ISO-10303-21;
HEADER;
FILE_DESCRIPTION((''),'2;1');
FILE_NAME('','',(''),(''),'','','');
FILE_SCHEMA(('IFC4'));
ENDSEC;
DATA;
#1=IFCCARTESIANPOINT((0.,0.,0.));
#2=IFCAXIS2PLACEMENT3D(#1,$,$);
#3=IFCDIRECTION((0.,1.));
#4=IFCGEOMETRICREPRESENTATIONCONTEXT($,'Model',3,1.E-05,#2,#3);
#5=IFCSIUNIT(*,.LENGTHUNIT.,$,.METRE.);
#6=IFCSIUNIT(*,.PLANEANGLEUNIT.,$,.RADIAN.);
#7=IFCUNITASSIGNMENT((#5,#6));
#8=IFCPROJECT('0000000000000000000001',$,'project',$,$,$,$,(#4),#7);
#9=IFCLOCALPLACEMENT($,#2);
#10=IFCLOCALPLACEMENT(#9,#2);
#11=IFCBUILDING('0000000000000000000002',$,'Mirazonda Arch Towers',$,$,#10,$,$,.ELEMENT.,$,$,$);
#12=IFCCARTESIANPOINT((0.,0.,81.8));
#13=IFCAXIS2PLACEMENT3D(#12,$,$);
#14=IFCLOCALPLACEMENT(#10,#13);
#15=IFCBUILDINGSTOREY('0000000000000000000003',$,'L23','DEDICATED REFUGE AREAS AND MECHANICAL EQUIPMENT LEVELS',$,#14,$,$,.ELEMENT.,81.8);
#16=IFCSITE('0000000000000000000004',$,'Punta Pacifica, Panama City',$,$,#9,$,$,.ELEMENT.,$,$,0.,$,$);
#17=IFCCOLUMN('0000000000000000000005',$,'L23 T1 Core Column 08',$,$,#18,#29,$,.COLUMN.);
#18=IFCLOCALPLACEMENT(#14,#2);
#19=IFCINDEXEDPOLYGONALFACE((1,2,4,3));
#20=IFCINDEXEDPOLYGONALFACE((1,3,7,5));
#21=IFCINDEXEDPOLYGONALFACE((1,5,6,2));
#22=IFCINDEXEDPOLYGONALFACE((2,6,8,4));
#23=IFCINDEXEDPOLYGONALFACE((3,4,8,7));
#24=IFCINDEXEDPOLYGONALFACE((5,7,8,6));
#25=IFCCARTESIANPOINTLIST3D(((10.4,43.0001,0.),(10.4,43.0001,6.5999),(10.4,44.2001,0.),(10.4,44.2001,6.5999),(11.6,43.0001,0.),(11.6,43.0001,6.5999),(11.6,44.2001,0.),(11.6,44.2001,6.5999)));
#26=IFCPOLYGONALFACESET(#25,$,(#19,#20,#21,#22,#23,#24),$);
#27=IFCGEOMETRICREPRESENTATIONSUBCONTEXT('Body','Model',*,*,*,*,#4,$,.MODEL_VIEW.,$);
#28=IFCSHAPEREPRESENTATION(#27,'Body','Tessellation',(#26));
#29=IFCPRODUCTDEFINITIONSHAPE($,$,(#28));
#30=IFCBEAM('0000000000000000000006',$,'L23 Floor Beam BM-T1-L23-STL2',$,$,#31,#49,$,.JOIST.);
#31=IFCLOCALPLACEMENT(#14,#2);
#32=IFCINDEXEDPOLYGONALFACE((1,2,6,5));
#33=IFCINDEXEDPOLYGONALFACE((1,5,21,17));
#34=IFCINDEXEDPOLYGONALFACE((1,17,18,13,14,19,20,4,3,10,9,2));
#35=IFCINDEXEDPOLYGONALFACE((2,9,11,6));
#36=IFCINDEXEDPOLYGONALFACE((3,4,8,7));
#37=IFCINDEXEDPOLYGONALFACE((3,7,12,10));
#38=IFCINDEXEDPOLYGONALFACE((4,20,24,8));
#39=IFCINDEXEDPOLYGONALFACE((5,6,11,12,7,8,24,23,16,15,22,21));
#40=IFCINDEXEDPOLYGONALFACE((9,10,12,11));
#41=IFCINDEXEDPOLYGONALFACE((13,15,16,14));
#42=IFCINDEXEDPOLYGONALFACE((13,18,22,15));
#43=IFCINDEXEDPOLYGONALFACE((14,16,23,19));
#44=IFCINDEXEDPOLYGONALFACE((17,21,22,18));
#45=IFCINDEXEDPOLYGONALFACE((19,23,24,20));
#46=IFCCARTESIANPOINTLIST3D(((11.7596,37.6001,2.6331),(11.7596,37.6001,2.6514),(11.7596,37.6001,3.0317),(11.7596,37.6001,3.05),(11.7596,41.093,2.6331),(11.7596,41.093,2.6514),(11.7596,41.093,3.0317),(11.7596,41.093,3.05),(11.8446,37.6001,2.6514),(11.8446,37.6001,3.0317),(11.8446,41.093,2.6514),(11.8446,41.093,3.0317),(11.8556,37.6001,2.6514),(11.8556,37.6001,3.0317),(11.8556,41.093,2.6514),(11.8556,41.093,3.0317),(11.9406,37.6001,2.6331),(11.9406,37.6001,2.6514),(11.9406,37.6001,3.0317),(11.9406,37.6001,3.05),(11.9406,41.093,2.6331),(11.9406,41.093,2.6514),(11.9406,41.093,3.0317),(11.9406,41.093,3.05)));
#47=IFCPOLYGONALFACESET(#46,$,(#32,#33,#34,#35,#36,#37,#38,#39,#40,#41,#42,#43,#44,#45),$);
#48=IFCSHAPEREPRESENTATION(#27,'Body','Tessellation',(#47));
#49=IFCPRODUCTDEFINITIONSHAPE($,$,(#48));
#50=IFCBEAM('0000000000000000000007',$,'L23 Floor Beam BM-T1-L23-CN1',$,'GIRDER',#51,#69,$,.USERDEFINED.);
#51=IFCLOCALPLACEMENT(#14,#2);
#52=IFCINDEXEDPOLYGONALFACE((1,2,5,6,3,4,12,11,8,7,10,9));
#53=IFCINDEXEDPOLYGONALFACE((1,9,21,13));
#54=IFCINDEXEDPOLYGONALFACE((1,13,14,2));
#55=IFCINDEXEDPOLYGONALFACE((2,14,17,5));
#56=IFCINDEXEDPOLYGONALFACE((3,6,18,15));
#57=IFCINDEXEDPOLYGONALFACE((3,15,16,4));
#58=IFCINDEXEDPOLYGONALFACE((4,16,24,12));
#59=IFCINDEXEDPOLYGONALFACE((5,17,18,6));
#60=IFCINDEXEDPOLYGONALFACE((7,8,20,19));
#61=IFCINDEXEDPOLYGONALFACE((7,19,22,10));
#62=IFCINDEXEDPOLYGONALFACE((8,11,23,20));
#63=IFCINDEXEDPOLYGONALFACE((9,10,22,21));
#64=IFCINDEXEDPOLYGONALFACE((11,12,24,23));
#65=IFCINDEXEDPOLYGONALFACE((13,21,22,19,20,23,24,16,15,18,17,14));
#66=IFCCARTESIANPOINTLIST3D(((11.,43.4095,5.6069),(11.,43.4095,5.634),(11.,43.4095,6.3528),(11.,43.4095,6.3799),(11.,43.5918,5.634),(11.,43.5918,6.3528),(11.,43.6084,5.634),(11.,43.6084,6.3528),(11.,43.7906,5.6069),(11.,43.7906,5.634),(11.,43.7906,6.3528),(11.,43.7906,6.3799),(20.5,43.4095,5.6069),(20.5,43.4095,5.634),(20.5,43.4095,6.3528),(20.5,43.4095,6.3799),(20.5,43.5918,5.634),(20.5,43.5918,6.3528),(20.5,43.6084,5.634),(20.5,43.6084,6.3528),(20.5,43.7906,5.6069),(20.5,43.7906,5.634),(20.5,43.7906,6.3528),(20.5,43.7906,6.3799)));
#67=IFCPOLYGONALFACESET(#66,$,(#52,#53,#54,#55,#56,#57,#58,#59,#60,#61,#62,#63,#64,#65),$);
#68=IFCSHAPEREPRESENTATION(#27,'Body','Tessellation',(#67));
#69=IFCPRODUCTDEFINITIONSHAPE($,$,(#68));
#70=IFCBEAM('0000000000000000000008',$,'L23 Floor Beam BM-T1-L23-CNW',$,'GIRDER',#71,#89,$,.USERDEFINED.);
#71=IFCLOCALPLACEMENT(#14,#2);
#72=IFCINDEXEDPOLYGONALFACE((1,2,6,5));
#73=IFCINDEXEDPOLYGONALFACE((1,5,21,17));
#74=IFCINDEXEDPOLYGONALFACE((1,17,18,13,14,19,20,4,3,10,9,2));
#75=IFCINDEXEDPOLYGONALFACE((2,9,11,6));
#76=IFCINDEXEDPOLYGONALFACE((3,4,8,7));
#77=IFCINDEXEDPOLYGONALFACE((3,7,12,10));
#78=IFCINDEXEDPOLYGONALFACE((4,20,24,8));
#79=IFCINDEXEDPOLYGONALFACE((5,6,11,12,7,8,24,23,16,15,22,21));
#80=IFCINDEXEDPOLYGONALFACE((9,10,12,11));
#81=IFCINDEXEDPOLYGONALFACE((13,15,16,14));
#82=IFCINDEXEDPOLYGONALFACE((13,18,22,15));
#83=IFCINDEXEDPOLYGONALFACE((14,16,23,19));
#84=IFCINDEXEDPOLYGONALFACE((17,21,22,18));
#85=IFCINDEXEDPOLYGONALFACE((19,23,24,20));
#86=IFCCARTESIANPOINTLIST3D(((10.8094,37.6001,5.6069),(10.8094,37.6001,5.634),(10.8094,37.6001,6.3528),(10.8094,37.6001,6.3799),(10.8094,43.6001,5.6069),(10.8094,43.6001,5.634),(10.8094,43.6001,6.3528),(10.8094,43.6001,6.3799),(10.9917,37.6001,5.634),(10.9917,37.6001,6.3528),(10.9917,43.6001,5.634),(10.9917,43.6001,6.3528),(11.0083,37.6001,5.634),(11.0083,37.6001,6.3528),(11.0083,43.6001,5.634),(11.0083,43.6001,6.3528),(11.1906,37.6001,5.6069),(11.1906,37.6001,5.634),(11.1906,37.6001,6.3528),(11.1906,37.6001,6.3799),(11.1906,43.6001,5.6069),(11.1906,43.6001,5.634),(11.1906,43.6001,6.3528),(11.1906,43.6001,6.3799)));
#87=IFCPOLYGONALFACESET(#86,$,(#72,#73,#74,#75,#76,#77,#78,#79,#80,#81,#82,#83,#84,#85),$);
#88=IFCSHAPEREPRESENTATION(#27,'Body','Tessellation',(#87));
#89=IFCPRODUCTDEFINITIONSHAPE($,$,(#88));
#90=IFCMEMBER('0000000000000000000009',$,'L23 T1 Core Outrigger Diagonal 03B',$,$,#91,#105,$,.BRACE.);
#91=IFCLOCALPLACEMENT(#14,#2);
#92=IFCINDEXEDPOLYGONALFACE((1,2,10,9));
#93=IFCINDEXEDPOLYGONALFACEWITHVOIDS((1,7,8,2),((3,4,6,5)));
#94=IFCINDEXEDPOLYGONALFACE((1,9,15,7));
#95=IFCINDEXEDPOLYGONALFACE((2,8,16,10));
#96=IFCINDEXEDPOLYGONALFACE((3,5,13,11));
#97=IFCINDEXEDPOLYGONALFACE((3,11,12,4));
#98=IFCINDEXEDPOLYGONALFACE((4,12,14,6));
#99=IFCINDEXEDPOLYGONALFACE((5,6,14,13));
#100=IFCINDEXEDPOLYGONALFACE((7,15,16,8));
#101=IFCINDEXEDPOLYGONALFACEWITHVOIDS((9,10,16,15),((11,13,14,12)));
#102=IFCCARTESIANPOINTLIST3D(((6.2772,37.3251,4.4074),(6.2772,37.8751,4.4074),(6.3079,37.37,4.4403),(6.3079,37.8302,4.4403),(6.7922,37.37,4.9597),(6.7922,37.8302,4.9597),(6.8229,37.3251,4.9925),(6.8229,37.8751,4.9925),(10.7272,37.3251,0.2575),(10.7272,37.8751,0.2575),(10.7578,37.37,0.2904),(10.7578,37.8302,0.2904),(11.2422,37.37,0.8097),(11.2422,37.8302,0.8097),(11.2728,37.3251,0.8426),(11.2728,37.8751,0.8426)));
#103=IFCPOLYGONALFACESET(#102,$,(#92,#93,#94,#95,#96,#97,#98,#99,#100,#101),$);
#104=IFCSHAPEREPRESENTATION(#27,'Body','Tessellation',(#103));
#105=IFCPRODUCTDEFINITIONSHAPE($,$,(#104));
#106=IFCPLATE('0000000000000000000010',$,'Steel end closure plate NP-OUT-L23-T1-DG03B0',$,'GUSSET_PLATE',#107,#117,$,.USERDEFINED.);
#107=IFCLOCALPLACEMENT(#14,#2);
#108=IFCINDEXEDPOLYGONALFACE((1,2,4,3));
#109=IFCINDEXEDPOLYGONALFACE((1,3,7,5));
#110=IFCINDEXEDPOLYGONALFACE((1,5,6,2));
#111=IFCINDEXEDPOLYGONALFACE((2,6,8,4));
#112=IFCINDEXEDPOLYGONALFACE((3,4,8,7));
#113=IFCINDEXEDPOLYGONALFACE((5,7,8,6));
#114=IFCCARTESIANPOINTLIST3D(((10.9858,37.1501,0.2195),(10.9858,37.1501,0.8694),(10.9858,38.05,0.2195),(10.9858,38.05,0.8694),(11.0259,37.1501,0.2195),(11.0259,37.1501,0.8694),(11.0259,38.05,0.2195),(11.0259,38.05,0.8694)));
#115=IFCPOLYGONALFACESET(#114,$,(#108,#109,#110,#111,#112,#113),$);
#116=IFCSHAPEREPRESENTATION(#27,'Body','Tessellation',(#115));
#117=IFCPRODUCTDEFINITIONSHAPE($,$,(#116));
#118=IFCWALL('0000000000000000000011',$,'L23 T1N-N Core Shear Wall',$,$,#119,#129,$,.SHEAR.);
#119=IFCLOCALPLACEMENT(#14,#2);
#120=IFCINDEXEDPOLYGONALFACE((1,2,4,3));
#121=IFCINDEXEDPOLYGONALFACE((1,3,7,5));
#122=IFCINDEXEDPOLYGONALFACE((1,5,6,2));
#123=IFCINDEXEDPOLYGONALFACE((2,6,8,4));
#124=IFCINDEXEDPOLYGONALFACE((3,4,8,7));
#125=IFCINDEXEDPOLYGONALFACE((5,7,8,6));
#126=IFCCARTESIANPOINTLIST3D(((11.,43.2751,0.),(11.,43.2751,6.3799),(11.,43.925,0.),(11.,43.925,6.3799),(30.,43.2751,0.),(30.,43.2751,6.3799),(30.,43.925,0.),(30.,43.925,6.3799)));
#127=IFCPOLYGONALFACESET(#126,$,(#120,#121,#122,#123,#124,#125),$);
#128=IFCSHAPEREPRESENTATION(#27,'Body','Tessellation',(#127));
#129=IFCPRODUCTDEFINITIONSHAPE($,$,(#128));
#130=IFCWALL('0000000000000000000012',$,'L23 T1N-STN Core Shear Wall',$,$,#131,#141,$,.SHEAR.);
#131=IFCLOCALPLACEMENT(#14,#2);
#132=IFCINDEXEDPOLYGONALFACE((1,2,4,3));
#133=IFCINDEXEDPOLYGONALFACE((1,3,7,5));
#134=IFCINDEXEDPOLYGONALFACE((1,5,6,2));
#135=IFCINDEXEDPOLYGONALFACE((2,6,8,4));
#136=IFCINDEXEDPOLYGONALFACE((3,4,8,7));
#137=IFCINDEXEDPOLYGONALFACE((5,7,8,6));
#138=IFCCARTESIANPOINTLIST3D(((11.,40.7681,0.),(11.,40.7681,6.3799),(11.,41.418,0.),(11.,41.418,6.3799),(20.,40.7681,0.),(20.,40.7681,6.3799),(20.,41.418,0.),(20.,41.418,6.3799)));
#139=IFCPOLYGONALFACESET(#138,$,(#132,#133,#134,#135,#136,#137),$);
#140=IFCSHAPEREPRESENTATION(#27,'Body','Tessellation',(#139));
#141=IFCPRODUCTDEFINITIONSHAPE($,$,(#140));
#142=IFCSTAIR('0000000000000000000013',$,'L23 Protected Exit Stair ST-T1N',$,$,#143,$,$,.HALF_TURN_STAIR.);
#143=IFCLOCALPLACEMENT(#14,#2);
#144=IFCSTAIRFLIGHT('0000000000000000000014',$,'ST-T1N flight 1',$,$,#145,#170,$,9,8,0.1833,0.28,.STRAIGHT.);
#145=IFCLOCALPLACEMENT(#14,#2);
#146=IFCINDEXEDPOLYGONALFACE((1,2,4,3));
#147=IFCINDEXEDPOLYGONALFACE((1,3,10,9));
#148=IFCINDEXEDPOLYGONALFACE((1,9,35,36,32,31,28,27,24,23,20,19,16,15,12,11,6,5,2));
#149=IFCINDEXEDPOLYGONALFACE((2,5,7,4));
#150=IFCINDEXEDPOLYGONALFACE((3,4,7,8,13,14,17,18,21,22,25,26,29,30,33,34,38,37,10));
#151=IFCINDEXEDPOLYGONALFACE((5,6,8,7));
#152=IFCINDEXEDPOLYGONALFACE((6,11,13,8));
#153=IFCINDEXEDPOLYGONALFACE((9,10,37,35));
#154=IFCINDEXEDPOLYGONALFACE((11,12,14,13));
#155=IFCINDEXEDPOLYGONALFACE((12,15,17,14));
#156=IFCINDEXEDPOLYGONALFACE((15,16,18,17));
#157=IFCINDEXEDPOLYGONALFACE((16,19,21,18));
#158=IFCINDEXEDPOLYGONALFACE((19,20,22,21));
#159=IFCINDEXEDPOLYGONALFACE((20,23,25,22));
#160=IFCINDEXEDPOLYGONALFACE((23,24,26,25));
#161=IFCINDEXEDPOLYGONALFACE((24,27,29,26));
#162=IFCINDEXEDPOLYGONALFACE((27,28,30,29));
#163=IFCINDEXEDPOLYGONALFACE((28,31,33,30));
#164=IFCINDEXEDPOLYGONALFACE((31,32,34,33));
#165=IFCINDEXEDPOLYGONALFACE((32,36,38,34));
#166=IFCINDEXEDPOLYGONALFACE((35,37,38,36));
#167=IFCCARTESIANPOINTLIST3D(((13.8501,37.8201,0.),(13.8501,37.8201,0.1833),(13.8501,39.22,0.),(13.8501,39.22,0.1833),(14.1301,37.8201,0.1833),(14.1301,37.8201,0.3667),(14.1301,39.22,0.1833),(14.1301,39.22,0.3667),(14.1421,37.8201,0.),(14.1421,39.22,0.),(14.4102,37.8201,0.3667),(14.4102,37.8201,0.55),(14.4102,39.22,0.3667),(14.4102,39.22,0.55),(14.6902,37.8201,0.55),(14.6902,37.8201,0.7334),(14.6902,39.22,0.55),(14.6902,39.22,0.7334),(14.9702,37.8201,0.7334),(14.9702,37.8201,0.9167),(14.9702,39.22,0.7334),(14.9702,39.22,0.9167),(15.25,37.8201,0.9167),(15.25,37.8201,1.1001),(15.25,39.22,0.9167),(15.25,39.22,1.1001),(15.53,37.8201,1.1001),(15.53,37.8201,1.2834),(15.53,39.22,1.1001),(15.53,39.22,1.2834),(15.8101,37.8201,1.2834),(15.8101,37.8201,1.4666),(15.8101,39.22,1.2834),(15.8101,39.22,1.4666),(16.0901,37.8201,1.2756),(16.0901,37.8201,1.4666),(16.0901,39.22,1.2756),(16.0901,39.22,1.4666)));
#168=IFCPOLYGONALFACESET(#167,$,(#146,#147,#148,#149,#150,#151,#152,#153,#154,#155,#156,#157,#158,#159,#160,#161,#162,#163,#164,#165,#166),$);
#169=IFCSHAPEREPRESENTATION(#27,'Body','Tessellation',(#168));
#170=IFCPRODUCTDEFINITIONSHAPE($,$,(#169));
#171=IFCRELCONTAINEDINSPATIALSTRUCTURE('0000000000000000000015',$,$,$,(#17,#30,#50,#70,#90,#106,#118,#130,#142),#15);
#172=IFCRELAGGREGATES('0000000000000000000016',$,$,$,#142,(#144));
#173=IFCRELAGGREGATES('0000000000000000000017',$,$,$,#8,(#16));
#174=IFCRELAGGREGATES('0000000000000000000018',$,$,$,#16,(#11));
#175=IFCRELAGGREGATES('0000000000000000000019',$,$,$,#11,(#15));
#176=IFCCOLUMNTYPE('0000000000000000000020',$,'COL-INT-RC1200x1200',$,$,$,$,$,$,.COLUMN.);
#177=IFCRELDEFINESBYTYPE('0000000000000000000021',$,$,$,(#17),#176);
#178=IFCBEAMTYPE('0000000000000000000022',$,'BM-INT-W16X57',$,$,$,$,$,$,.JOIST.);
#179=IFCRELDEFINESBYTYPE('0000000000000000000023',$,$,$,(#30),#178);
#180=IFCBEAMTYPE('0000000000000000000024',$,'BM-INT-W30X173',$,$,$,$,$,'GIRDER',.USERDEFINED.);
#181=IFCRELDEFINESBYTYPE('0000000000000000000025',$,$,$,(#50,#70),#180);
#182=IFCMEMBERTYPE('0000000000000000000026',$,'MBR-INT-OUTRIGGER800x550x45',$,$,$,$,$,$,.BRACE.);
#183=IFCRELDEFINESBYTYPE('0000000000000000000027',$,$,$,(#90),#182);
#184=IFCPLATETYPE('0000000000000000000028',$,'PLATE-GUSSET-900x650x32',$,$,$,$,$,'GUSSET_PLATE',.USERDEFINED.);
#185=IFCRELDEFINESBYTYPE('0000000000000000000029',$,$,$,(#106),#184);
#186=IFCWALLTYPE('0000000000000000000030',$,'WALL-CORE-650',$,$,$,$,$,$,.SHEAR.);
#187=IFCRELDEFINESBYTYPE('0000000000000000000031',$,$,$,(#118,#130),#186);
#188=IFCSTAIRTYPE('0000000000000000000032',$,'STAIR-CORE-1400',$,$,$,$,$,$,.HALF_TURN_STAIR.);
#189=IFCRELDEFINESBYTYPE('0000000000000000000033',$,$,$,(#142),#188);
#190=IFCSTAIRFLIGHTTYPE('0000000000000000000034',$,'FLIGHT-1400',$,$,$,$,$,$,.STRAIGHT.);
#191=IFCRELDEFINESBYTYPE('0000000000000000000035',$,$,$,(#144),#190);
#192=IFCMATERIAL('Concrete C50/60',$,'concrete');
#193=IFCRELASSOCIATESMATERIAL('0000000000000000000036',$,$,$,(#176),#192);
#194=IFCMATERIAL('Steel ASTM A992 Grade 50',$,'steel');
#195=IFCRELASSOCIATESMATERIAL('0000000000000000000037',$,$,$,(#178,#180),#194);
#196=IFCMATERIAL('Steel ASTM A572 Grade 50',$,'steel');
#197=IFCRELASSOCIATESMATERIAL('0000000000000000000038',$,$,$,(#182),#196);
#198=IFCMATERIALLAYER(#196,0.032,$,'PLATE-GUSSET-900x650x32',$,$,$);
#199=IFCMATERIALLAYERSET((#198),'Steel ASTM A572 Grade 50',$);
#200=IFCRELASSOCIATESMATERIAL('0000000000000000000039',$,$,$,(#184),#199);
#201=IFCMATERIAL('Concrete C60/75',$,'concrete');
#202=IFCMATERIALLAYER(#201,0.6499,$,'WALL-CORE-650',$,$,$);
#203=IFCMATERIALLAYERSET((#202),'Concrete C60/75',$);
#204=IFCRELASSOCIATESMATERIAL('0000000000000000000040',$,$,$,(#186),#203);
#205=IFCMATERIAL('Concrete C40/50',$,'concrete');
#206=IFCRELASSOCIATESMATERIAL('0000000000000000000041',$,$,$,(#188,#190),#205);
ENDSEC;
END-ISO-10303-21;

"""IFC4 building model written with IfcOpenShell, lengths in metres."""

from ifc_helpers import new_model, si_unit, direction, frame, frame_2d, origin, origin_2d, place, context, subcontext, project, spatial, polyline, rectangle, hollow_rectangle, i_section, outline, extrude, material, layer, layer_set, material_profile, profile_set, type_object, element, aggregate, save


model = new_model("IFC4")

# Units and contexts
model_context = context("Model", 3, precision=1e-05, world=origin(), true_north=direction((0.0, 1.0)))
body_context = subcontext(model_context, "Body", "Model", "MODEL_VIEW")
ifc_project = project(units=[si_unit("LENGTHUNIT", "METRE"), si_unit("PLANEANGLEUNIT", "RADIAN")], contexts=[model_context])

# Site, building, storey
site_placement = place(None, origin())
site = spatial("IfcSite", under=ifc_project, at=site_placement, Name="Punta Pacifica, Panama City", CompositionType="ELEMENT", RefElevation=0.0)
building_placement = place(site_placement, origin())
building = spatial("IfcBuilding", under=site, at=building_placement, Name="Mirazonda Arch Towers", CompositionType="ELEMENT")
storey_placement = place(building_placement, frame((0.0, 0.0, 81.8)))
storey = spatial("IfcBuildingStorey", under=building, at=storey_placement, Name="L23", Description="DEDICATED REFUGE AREAS AND MECHANICAL EQUIPMENT LEVELS", CompositionType="ELEMENT", Elevation=81.8)

# Column
ifc_material_1 = material(Name="Concrete C50/60", Category="concrete")
ifc_material_profile_1 = material_profile(ifc_material_1, rectangle(XDim=1.2, YDim=1.2, at=origin_2d()), Name="RC1200x1200")
ifc_profile_set_1 = profile_set([ifc_material_profile_1], Name="Concrete C50/60")
column_type = type_object("IfcColumnType", Name="COL-INT-RC1200x1200", PredefinedType="COLUMN", material=ifc_profile_set_1)
column_placement = place(storey_placement, frame((11.0, 43.6001, 0.0), z_axis=(0.0, 0.0, 1.0), x_axis=(1.0, 0.0, 0.0)))
element("IfcColumn", 1, at=column_placement, inside=storey, type_object=column_type, Name="L23 T1 Core Column 08", PredefinedType="COLUMN", context=body_context, shape_type="SweptSolid", body=[
    extrude(rectangle(XDim=1.2, YDim=1.2, at=origin_2d()), origin(), (0.0, 0.0, 1.0), 6.5999),
])

# Beams
ifc_material_2 = material(Name="Steel ASTM A992 Grade 50", Category="steel")
ifc_material_profile_2 = material_profile(ifc_material_2, i_section(OverallWidth=0.1809, OverallDepth=0.417, WebThickness=0.011, FlangeThickness=0.0183, at=origin_2d()), Name="W16X57")
ifc_profile_set_2 = profile_set([ifc_material_profile_2], Name="Steel ASTM A992 Grade 50")
beam_type_1 = type_object("IfcBeamType", Name="BM-INT-W16X57", PredefinedType="JOIST", material=ifc_profile_set_2)
beam_1_placement = place(storey_placement, frame((11.8501, 37.6001, 2.8416), z_axis=(0.0, 1.0, 0.0), x_axis=(-1.0, 0.0, 0.0)))
element("IfcBeam", 2, at=beam_1_placement, inside=storey, type_object=beam_type_1, Name="L23 Floor Beam BM-T1-L23-STL2", PredefinedType="JOIST", context=body_context, shape_type="SweptSolid", body=[
    extrude(i_section(OverallWidth=0.1809, OverallDepth=0.417, WebThickness=0.011, FlangeThickness=0.0183, at=origin_2d()), origin(), (0.0, 0.0, 1.0), 3.4929),
])
ifc_material_profile_3 = material_profile(ifc_material_2, i_section(OverallWidth=0.3811, OverallDepth=0.7729, WebThickness=0.0166, FlangeThickness=0.0271, at=origin_2d()), Name="W30X173")
ifc_profile_set_3 = profile_set([ifc_material_profile_3], Name="Steel ASTM A992 Grade 50")
beam_type_2 = type_object("IfcBeamType", Name="BM-INT-W30X173", ElementType="GIRDER", PredefinedType="USERDEFINED", material=ifc_profile_set_3)
beam_2_placement = place(storey_placement, frame((11.0, 43.6001, 5.9934), z_axis=(1.0, 0.0, 0.0), x_axis=(0.0, 1.0, 0.0)))
element("IfcBeam", 3, at=beam_2_placement, inside=storey, type_object=beam_type_2, Name="L23 Floor Beam BM-T1-L23-CN1", ObjectType="GIRDER", PredefinedType="USERDEFINED", context=body_context, shape_type="SweptSolid", body=[
    extrude(i_section(OverallWidth=0.3811, OverallDepth=0.7729, WebThickness=0.0166, FlangeThickness=0.0271, at=origin_2d()), origin(), (0.0, 0.0, 1.0), 9.5),
])
beam_3_placement = place(storey_placement, frame((11.0, 37.6001, 5.9934), z_axis=(0.0, 1.0, 0.0), x_axis=(-1.0, 0.0, 0.0)))
element("IfcBeam", 4, at=beam_3_placement, inside=storey, type_object=beam_type_2, Name="L23 Floor Beam BM-T1-L23-CNW", ObjectType="GIRDER", PredefinedType="USERDEFINED", context=body_context, shape_type="SweptSolid", body=[
    extrude(i_section(OverallWidth=0.3811, OverallDepth=0.7729, WebThickness=0.0166, FlangeThickness=0.0271, at=origin_2d()), origin(), (0.0, 0.0, 1.0), 6.0),
])

# Member
ifc_material_3 = material(Name="Steel ASTM A572 Grade 50", Category="steel")
ifc_material_profile_4 = material_profile(ifc_material_3, hollow_rectangle(XDim=0.55, YDim=0.8, WallThickness=0.0449, at=origin_2d()), Name="OUTRIGGER800x550x45")
ifc_profile_set_4 = profile_set([ifc_material_profile_4], Name="Steel ASTM A572 Grade 50")
member_type = type_object("IfcMemberType", Name="MBR-INT-OUTRIGGER800x550x45", PredefinedType="BRACE", material=ifc_profile_set_4)
member_placement = place(storey_placement, frame((11.0, 37.6001, 0.55), z_axis=(-0.731333, 0.0, 0.682021), x_axis=(0.0, -1.0, 0.0)))
element("IfcMember", 5, at=member_placement, inside=storey, type_object=member_type, Name="L23 T1 Core Outrigger Diagonal 03B", PredefinedType="BRACE", context=body_context, shape_type="SweptSolid", body=[
    extrude(hollow_rectangle(XDim=0.55, YDim=0.8, WallThickness=0.0449, at=origin_2d()), origin(), (0.0, 0.0, 1.0), 6.0847),
])

# Plate
ifc_layer_1 = layer(ifc_material_3, 0.032, Name="PLATE-GUSSET-900x650x32")
ifc_layer_set_1 = layer_set([ifc_layer_1], Name="Steel ASTM A572 Grade 50")
plate_type = type_object("IfcPlateType", Name="PLATE-GUSSET-900x650x32", ElementType="GUSSET_PLATE", PredefinedType="USERDEFINED", material=ifc_layer_set_1)
plate_placement = place(storey_placement, frame((11.0059, 37.6001, 0.2195), z_axis=(0.0, 0.0, 1.0), x_axis=(1.0, 0.0, 0.0)))
element("IfcPlate", 6, at=plate_placement, inside=storey, type_object=plate_type, Name="Steel end closure plate NP-OUT-L23-T1-DG03B0", ObjectType="GUSSET_PLATE", PredefinedType="USERDEFINED", context=body_context, shape_type="SweptSolid", body=[
    extrude(rectangle(XDim=0.04, YDim=0.8999, at=origin_2d()), origin(), (0.0, 0.0, 1.0), 0.6499),
])

# Walls
ifc_material_4 = material(Name="Concrete C60/75", Category="concrete")
ifc_layer_2 = layer(ifc_material_4, 0.6499, Name="WALL-CORE-650")
ifc_layer_set_2 = layer_set([ifc_layer_2], Name="Concrete C60/75")
wall_type = type_object("IfcWallType", Name="WALL-CORE-650", PredefinedType="SHEAR", material=ifc_layer_set_2)
wall_1_placement = place(storey_placement, frame((11.0, 43.6001, 0.0), z_axis=(0.0, 0.0, 1.0), x_axis=(1.0, 0.0, 0.0)))
element("IfcWall", 7, at=wall_1_placement, inside=storey, type_object=wall_type, Name="L23 T1N-N Core Shear Wall", PredefinedType="SHEAR", context=body_context, shape_type="SweptSolid", body=[
    extrude(rectangle(XDim=19.0, YDim=0.6499, at=frame_2d((9.5, 0.0))), origin(), (0.0, 0.0, 1.0), 6.3799),
])
wall_2_placement = place(storey_placement, frame((11.0, 41.093, 0.0), z_axis=(0.0, 0.0, 1.0), x_axis=(1.0, 0.0, 0.0)))
element("IfcWall", 8, at=wall_2_placement, inside=storey, type_object=wall_type, Name="L23 T1N-STN Core Shear Wall", PredefinedType="SHEAR", context=body_context, shape_type="SweptSolid", body=[
    extrude(rectangle(XDim=9.0, YDim=0.6499, at=frame_2d((4.5, 0.0))), origin(), (0.0, 0.0, 1.0), 6.3799),
])

# Stair, stair flight
ifc_material_5 = material(Name="Concrete C40/50", Category="concrete")
stair_type = type_object("IfcStairType", Name="STAIR-CORE-1400", PredefinedType="HALF_TURN_STAIR", material=ifc_material_5)
stair_placement = place(storey_placement, origin())
stair = element("IfcStair", 9, at=stair_placement, inside=storey, type_object=stair_type, Name="L23 Protected Exit Stair ST-T1N", PredefinedType="HALF_TURN_STAIR")
stair_flight_type = type_object("IfcStairFlightType", Name="FLIGHT-1400", PredefinedType="STRAIGHT", material=ifc_material_5)
stair_flight_1_placement = place(storey_placement, frame((13.8501, 38.52, 0.0), z_axis=(0.0, 0.0, 1.0), x_axis=(1.0, 0.0, 0.0)))
stair_flight_1 = element("IfcStairFlight", 10, at=stair_flight_1_placement, type_object=stair_flight_type, Name="ST-T1N flight 1", NumberOfRisers=9, NumberOfTreads=8, PredefinedType="STRAIGHT", RiserHeight=0.1833, TreadLength=0.28, context=body_context, shape_type="SweptSolid", body=[
    extrude(outline(polyline([(0.0, 0.0), (0.0, 0.1833), (0.28, 0.1833), (0.28, 0.3667), (0.5601, 0.3667), (0.5601, 0.55), (0.8401, 0.55), (0.8401, 0.7334), (1.1201, 0.7334), (1.1201, 0.9167), (1.3999, 0.9167), (1.3999, 1.1001), (1.6799, 1.1001), (1.6799, 1.2834), (1.96, 1.2834), (1.96, 1.4666), (2.24, 1.4666), (2.24, 1.6499), (2.24, 1.2756), (0.292, 0.0), (0.0, 0.0)])), frame((0.0, 0.7, 0.0), z_axis=(0.0, -1.0, 0.0), x_axis=(1.0, 0.0, 0.0)), (0.0, 0.0, 1.0), 1.3999),
])
aggregate(stair, [stair_flight_1])

save(model, "model.ifc")
